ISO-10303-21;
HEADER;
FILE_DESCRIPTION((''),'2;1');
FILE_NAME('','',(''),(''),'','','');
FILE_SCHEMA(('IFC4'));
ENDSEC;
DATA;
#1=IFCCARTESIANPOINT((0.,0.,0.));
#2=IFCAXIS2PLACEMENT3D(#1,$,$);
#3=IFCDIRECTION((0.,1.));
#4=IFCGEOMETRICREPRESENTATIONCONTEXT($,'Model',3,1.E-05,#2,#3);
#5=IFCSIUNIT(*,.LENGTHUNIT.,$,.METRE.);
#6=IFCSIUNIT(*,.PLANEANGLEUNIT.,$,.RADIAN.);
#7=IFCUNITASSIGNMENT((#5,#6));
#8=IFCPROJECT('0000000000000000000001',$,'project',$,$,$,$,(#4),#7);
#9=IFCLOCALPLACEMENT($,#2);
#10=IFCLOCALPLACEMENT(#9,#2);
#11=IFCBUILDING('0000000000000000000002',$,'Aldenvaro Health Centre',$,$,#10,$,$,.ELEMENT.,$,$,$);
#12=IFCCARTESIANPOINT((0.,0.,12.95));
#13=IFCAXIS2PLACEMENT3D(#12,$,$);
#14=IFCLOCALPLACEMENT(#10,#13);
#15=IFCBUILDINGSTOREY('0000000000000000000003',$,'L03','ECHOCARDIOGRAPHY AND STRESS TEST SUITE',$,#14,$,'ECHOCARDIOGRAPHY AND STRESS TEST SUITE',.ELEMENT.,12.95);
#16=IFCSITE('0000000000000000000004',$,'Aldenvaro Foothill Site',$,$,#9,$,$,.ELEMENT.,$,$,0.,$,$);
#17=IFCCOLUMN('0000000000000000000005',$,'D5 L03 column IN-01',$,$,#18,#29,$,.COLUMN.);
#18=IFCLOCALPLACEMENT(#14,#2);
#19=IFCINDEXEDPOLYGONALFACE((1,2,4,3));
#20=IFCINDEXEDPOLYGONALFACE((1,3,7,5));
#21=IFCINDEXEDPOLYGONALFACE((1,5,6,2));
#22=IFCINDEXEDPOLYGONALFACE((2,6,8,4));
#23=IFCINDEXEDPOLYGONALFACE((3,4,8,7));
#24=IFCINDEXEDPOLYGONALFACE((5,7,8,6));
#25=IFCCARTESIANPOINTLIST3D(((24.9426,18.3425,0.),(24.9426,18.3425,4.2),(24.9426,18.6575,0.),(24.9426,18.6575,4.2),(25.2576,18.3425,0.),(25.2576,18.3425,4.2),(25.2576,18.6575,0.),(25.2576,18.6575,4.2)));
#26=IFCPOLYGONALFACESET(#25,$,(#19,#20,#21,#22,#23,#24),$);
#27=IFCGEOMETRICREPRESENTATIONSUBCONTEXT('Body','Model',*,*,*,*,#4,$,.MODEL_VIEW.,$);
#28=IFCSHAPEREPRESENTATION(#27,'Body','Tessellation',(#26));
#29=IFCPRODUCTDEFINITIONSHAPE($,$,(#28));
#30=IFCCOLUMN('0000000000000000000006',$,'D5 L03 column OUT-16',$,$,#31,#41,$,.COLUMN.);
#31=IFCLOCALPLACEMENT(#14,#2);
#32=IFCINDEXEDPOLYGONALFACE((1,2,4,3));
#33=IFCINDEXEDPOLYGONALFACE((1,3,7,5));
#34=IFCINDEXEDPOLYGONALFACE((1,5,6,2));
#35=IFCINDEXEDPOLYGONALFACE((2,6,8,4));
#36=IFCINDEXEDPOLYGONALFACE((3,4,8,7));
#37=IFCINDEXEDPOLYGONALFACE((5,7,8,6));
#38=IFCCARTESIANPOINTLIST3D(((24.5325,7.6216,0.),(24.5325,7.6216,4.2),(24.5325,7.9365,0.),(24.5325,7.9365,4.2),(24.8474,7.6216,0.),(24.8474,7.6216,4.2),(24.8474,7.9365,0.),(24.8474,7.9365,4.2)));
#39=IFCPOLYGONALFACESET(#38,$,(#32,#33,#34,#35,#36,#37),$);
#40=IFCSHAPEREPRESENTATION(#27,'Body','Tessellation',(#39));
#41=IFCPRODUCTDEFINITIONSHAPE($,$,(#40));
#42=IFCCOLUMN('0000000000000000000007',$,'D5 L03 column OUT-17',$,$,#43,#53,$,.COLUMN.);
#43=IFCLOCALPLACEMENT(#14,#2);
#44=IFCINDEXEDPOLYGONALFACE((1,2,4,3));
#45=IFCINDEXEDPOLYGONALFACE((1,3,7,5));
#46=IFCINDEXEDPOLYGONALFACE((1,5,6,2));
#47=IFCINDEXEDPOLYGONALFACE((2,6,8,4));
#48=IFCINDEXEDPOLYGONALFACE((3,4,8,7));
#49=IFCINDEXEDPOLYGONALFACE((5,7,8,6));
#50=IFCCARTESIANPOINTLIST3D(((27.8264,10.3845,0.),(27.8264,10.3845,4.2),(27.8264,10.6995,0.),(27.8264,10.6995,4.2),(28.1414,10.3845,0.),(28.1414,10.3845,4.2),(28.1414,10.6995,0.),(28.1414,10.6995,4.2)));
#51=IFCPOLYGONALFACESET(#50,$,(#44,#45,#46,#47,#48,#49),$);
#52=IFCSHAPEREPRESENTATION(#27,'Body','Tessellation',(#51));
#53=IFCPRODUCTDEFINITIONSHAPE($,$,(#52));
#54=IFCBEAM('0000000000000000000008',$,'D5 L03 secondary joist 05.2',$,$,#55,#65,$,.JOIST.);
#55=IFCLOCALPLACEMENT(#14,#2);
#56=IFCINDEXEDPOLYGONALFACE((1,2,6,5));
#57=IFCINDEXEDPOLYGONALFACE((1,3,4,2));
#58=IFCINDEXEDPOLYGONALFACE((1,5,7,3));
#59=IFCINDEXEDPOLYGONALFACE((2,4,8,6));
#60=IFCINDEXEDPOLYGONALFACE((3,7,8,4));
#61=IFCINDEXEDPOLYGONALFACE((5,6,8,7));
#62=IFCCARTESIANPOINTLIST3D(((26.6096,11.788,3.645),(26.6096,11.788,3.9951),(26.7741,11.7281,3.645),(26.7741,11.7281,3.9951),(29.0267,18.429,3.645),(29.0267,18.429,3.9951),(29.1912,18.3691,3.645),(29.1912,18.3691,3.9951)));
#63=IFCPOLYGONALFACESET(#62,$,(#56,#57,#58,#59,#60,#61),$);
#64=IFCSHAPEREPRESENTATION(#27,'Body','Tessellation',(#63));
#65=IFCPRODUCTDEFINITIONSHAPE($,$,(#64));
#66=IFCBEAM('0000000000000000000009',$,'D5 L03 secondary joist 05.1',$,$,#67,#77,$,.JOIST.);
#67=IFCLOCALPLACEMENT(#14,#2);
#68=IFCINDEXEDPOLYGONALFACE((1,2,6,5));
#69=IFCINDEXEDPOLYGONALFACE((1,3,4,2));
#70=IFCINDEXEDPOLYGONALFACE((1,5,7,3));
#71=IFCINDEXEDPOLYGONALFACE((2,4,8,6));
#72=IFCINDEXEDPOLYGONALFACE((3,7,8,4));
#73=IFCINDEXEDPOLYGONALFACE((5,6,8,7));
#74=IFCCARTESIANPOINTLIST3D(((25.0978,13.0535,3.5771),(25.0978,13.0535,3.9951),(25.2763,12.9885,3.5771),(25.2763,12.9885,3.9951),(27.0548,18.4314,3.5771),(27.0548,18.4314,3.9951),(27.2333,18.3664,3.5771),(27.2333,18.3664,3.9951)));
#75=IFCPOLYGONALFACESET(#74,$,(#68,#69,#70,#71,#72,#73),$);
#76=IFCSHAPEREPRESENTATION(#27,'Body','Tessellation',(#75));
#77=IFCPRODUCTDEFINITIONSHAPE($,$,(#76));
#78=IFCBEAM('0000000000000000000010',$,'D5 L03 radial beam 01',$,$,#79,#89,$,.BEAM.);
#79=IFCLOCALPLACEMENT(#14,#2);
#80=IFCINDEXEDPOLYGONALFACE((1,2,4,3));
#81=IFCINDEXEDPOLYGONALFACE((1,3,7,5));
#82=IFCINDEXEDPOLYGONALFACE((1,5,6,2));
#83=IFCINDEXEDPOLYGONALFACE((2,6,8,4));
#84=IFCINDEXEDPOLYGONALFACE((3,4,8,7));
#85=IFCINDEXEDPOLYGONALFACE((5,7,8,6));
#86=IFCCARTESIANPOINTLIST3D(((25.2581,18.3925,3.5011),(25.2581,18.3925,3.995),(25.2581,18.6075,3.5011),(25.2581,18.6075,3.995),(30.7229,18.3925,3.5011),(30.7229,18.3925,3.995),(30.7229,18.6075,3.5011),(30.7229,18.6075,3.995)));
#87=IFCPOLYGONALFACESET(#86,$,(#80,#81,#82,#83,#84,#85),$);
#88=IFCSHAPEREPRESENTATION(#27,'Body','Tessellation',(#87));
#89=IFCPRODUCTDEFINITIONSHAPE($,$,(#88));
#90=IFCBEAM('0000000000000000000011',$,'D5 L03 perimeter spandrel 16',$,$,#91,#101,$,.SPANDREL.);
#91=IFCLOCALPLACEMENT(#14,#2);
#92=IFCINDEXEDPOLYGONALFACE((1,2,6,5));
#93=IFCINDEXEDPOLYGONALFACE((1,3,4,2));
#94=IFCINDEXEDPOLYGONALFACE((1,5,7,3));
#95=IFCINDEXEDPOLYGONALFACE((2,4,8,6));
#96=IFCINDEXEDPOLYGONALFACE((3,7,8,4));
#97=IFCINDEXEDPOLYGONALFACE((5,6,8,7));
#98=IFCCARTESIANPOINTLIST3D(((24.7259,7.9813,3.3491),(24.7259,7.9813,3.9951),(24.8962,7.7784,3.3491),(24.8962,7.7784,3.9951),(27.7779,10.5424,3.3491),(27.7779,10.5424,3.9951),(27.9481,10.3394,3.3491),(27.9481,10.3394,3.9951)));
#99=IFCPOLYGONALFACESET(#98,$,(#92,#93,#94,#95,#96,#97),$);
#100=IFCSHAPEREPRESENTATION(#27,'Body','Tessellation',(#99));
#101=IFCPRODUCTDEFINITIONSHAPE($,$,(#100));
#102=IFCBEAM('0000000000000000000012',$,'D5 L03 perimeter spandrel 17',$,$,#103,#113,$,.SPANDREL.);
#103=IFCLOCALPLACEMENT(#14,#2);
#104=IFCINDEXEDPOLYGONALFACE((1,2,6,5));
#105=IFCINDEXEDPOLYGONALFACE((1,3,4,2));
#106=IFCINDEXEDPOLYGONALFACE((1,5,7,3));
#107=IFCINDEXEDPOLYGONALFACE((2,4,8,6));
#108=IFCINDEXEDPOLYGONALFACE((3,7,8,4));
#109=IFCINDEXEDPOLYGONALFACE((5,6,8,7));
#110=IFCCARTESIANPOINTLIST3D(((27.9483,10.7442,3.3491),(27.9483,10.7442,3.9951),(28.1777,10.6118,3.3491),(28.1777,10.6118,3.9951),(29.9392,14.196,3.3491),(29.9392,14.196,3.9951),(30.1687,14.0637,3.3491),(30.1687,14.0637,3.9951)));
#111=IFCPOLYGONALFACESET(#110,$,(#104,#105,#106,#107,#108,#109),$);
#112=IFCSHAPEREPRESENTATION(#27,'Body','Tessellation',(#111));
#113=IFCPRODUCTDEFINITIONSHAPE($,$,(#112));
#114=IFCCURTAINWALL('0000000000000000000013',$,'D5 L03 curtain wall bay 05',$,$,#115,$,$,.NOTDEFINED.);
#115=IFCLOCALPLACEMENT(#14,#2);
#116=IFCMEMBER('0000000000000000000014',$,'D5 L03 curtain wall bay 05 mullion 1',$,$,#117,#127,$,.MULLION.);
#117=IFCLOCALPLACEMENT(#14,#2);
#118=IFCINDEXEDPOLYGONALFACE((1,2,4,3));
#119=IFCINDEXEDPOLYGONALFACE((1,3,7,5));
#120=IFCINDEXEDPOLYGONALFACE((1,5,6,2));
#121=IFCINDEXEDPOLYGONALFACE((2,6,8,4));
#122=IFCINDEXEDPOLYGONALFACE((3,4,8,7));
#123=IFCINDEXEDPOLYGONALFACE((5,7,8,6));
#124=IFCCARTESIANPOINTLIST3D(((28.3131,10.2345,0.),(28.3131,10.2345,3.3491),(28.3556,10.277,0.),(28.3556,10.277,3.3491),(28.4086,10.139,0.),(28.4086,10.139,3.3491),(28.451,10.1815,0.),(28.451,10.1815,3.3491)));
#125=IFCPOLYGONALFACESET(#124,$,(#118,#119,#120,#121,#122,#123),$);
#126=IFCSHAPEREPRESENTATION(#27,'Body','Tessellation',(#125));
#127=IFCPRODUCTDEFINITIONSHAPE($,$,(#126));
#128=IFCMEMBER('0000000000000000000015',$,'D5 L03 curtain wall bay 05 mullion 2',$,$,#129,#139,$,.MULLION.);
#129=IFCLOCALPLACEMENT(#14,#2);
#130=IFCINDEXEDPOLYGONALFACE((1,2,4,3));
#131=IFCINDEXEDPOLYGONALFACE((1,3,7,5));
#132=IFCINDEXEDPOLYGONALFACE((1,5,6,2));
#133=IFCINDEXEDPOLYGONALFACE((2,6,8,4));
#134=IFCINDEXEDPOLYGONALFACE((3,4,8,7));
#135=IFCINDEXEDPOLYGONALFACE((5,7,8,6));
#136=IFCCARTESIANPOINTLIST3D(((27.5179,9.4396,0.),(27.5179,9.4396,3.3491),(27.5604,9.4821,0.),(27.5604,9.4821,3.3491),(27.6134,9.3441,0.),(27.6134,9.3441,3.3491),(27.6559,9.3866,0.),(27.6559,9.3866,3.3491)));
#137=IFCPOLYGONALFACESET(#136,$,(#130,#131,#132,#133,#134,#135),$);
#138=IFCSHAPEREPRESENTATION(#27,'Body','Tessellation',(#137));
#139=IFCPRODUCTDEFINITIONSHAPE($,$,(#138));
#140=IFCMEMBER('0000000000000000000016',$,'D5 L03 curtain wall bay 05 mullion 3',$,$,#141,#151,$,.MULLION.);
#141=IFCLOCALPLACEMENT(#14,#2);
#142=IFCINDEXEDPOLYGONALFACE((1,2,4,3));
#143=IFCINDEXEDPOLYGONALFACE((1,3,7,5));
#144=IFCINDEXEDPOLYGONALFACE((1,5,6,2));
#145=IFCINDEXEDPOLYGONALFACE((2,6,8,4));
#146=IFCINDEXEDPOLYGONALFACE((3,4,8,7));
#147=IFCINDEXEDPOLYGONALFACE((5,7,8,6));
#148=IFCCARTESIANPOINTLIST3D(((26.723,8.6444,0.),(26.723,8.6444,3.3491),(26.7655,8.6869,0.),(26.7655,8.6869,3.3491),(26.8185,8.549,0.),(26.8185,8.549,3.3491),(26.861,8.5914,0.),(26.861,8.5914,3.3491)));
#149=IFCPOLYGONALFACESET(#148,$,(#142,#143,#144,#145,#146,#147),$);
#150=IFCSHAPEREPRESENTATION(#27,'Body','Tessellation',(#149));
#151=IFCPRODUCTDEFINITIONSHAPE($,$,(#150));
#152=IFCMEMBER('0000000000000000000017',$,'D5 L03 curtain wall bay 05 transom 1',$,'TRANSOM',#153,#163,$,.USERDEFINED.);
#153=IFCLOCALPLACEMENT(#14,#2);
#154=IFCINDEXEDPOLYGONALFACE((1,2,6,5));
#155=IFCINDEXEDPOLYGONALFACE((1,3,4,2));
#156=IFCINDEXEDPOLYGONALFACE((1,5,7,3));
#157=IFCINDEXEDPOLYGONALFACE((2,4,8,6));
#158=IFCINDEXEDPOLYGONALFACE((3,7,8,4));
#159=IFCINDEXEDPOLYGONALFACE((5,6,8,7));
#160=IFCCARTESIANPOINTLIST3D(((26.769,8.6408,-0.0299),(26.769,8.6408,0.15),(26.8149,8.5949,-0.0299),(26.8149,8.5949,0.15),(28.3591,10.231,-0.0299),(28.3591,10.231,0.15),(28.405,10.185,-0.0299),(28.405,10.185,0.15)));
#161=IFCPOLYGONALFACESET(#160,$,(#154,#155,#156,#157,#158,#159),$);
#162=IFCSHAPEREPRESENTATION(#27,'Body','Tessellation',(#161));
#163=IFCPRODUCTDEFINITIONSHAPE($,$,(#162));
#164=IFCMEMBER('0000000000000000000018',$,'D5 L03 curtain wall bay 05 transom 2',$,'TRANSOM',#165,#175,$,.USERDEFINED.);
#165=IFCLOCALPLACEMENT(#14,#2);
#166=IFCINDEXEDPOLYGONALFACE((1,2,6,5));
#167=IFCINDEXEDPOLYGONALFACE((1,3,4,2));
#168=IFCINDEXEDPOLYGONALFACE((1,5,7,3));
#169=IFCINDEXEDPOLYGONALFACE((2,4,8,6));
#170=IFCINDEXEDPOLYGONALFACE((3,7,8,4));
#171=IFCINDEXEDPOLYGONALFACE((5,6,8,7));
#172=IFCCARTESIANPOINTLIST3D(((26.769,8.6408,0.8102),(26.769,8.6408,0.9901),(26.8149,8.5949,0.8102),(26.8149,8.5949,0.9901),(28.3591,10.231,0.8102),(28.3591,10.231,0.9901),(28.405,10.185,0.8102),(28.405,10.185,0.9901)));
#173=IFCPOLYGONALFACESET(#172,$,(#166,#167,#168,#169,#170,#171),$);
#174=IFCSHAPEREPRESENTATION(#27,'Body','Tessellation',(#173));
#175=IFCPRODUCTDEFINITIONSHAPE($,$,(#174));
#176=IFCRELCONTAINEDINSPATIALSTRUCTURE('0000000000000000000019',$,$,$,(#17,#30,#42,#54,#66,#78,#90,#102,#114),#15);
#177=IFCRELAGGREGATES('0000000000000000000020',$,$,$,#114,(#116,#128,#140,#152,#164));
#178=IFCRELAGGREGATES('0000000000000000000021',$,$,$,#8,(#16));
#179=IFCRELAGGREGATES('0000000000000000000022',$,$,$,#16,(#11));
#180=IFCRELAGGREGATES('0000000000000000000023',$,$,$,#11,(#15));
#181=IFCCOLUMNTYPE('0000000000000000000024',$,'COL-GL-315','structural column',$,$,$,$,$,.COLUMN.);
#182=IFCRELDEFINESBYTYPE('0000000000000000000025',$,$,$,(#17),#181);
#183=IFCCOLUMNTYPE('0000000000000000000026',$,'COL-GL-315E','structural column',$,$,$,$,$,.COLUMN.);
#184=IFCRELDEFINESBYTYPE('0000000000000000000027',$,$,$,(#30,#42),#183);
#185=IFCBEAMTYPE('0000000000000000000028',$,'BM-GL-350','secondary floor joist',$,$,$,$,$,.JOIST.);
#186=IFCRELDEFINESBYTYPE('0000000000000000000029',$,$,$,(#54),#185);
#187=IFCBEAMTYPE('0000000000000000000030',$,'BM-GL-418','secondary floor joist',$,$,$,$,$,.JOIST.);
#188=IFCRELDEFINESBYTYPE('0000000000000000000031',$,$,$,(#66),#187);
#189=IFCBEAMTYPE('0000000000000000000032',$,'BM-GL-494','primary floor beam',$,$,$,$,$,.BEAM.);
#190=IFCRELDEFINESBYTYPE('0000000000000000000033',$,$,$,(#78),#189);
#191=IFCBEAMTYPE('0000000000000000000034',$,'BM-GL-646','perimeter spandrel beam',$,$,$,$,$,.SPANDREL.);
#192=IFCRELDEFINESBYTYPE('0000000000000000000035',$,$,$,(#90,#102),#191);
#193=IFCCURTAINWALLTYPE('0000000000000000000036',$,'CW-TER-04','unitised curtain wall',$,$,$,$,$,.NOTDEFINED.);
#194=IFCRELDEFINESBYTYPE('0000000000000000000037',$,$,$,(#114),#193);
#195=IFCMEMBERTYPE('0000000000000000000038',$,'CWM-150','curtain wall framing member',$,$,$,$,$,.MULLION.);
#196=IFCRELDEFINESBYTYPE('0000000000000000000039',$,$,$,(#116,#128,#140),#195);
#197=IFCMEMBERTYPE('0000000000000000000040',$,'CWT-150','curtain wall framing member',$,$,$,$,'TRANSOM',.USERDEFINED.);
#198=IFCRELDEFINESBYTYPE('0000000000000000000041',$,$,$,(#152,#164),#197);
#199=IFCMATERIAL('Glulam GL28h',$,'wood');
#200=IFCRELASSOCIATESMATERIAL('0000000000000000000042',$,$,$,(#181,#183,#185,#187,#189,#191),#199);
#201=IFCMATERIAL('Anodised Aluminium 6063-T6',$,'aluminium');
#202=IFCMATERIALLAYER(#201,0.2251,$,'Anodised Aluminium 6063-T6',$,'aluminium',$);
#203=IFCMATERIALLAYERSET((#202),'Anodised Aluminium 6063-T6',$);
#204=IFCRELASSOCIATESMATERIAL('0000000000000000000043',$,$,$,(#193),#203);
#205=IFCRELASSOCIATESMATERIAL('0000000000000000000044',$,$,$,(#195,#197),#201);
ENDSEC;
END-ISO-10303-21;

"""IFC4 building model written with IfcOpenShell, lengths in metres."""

from ifc_helpers import new_model, si_unit, direction, frame, origin, origin_2d, place, context, subcontext, project, spatial, rectangle, extrude, material, layer, layer_set, material_profile, profile_set, type_object, element, aggregate, save


model = new_model("IFC4")

# Units and contexts
model_context = context("Model", 3, precision=1e-05, world=origin(), true_north=direction((0.0, 1.0)))
body_context = subcontext(model_context, "Body", "Model", "MODEL_VIEW")
ifc_project = project(units=[si_unit("LENGTHUNIT", "METRE"), si_unit("PLANEANGLEUNIT", "RADIAN")], contexts=[model_context])

# Site, building, storey
site_placement = place(None, origin())
site = spatial("IfcSite", under=ifc_project, at=site_placement, Name="Aldenvaro Foothill Site", CompositionType="ELEMENT", RefElevation=0.0)
building_placement = place(site_placement, origin())
building = spatial("IfcBuilding", under=site, at=building_placement, Name="Aldenvaro Health Centre", CompositionType="ELEMENT")
storey_placement = place(building_placement, frame((0.0, 0.0, 12.95)))
storey = spatial("IfcBuildingStorey", under=building, at=storey_placement, Name="L03", Description="ECHOCARDIOGRAPHY AND STRESS TEST SUITE", LongName="ECHOCARDIOGRAPHY AND STRESS TEST SUITE", CompositionType="ELEMENT", Elevation=12.95)

# Columns
ifc_material_1 = material(Name="Glulam GL28h", Category="wood")
ifc_material_profile_1 = material_profile(ifc_material_1, rectangle(XDim=0.3149, YDim=0.3149, at=origin_2d()), Name="GL 315x315", Category="wood")
ifc_profile_set_1 = profile_set([ifc_material_profile_1], Name="Glulam GL28h")
column_type_1 = type_object("IfcColumnType", Name="COL-GL-315", Description="structural column", PredefinedType="COLUMN", material=ifc_profile_set_1)
column_placement = place(storey_placement, frame((25.1001, 18.5, 0.0), z_axis=(0.0, 0.0, 1.0), x_axis=(1.0, 0.0, 0.0)))
element("IfcColumn", 1, at=column_placement, inside=storey, type_object=column_type_1, Name="D5 L03 column IN-01", PredefinedType="COLUMN", context=body_context, shape_type="SweptSolid", body=[
    extrude(rectangle(XDim=0.3149, YDim=0.3149, at=origin_2d()), origin(), (0.0, 0.0, 1.0), 4.2),
])
ifc_material_profile_2 = material_profile(ifc_material_1, rectangle(XDim=0.3149, YDim=0.3149, at=origin_2d()), Name="GL 315x315", Category="wood")
ifc_profile_set_2 = profile_set([ifc_material_profile_2], Name="Glulam GL28h")
column_type_2 = type_object("IfcColumnType", Name="COL-GL-315E", Description="structural column", PredefinedType="COLUMN", material=ifc_profile_set_2)
for number, where, z_axis, x_axis, name in (
    (2, (24.6899, 7.7791, 0.0), (0.0, 0.0, 1.0), (1.0, 0.0, 0.0), "D5 L03 column OUT-16"),
    (3, (27.9839, 10.542, 0.0), (0.0, 0.0, 1.0), (1.0, 0.0, 0.0), "D5 L03 column OUT-17"),
):
    element("IfcColumn", number, at=place(storey_placement, frame(where, z_axis=z_axis, x_axis=x_axis)), inside=storey, type_object=column_type_2, Name=name, PredefinedType="COLUMN", context=body_context, shape_type="SweptSolid", body=[
        extrude(rectangle(XDim=0.3149, YDim=0.3149, at=origin_2d()), origin(), (0.0, 0.0, 1.0), 4.2),
    ])

# Beams
ifc_material_profile_3 = material_profile(ifc_material_1, rectangle(XDim=0.175, YDim=0.3501, at=origin_2d()), Name="GL 175x350", Category="wood")
ifc_profile_set_3 = profile_set([ifc_material_profile_3], Name="Glulam GL28h")
beam_type_1 = type_object("IfcBeamType", Name="BM-GL-350", Description="secondary floor joist", PredefinedType="JOIST", material=ifc_profile_set_3)
beam_1_placement = place(storey_placement, frame((26.6919, 11.7581, 3.8201), z_axis=(0.342009, 0.939697, 0.0), x_axis=(-0.939697, 0.342009, 0.0)))
element("IfcBeam", 4, at=beam_1_placement, inside=storey, type_object=beam_type_1, Name="D5 L03 secondary joist 05.2", PredefinedType="JOIST", context=body_context, shape_type="SweptSolid", body=[
    extrude(rectangle(XDim=0.175, YDim=0.3501, at=origin_2d()), origin(), (0.0, 0.0, 1.0), 7.0671),
])
ifc_material_profile_4 = material_profile(ifc_material_1, rectangle(XDim=0.1899, YDim=0.418, at=origin_2d()), Name="GL 190x418", Category="wood")
ifc_profile_set_4 = profile_set([ifc_material_profile_4], Name="Glulam GL28h")
beam_type_2 = type_object("IfcBeamType", Name="BM-GL-418", Description="secondary floor joist", PredefinedType="JOIST", material=ifc_profile_set_4)
beam_2_placement = place(storey_placement, frame((25.187, 13.021, 3.7861), z_axis=(0.341962, 0.939714, 0.0), x_axis=(-0.939714, 0.341962, 0.0)))
element("IfcBeam", 5, at=beam_2_placement, inside=storey, type_object=beam_type_2, Name="D5 L03 secondary joist 05.1", PredefinedType="JOIST", context=body_context, shape_type="SweptSolid", body=[
    extrude(rectangle(XDim=0.1899, YDim=0.418, at=origin_2d()), origin(), (0.0, 0.0, 1.0), 5.7229),
])
ifc_material_profile_5 = material_profile(ifc_material_1, rectangle(XDim=0.2151, YDim=0.4939, at=origin_2d()), Name="GL 215x494", Category="wood")
ifc_profile_set_5 = profile_set([ifc_material_profile_5], Name="Glulam GL28h")
beam_type_3 = type_object("IfcBeamType", Name="BM-GL-494", Description="primary floor beam", PredefinedType="BEAM", material=ifc_profile_set_5)
beam_3_placement = place(storey_placement, frame((25.2581, 18.5, 3.748), z_axis=(1.0, 0.0, 0.0), x_axis=(0.0, 1.0, 0.0)))
element("IfcBeam", 6, at=beam_3_placement, inside=storey, type_object=beam_type_3, Name="D5 L03 radial beam 01", PredefinedType="BEAM", context=body_context, shape_type="SweptSolid", body=[
    extrude(rectangle(XDim=0.2151, YDim=0.4939, at=origin_2d()), origin(), (0.0, 0.0, 1.0), 5.4648),
])
ifc_material_profile_6 = material_profile(ifc_material_1, rectangle(XDim=0.2649, YDim=0.646, at=origin_2d()), Name="GL 265x646", Category="wood")
ifc_profile_set_6 = profile_set([ifc_material_profile_6], Name="Glulam GL28h")
beam_type_4 = type_object("IfcBeamType", Name="BM-GL-646", Description="perimeter spandrel beam", PredefinedType="SPANDREL", material=ifc_profile_set_6)
beam_4_placement = place(storey_placement, frame((24.811, 7.8799, 3.6721), z_axis=(0.766032, 0.642803, 0.0), x_axis=(-0.642803, 0.766032, 0.0)))
element("IfcBeam", 7, at=beam_4_placement, inside=storey, type_object=beam_type_4, Name="D5 L03 perimeter spandrel 16", PredefinedType="SPANDREL", context=body_context, shape_type="SweptSolid", body=[
    extrude(rectangle(XDim=0.2649, YDim=0.646, at=origin_2d()), origin(), (0.0, 0.0, 1.0), 3.9841),
])
beam_5_placement = place(storey_placement, frame((28.063, 10.678, 3.6721), z_axis=(0.499625, 0.866242, 0.0), x_axis=(-0.866242, 0.499625, 0.0)))
element("IfcBeam", 8, at=beam_5_placement, inside=storey, type_object=beam_type_4, Name="D5 L03 perimeter spandrel 17", PredefinedType="SPANDREL", context=body_context, shape_type="SweptSolid", body=[
    extrude(rectangle(XDim=0.2649, YDim=0.646, at=origin_2d()), origin(), (0.0, 0.0, 1.0), 3.9849),
])

# Curtain wall, members
ifc_material_2 = material(Name="Anodised Aluminium 6063-T6", Category="aluminium")
ifc_layer_1 = layer(ifc_material_2, 0.2251, Name="Anodised Aluminium 6063-T6", Category="aluminium")
ifc_layer_set_1 = layer_set([ifc_layer_1], Name="Anodised Aluminium 6063-T6")
curtain_wall_type = type_object("IfcCurtainWallType", Name="CW-TER-04", Description="unitised curtain wall", PredefinedType="NOTDEFINED", material=ifc_layer_set_1)
curtain_wall_placement = place(storey_placement, origin())
curtain_wall = element("IfcCurtainWall", 9, at=curtain_wall_placement, inside=storey, type_object=curtain_wall_type, Name="D5 L03 curtain wall bay 05", PredefinedType="NOTDEFINED")
ifc_material_profile_7 = material_profile(ifc_material_2, rectangle(XDim=0.0601, YDim=0.135, at=origin_2d()), Name="ALU 60x135", Category="aluminium")
ifc_profile_set_7 = profile_set([ifc_material_profile_7], Name="Anodised Aluminium 6063-T6")
member_type_1 = type_object("IfcMemberType", Name="CWM-150", Description="curtain wall framing member", PredefinedType="MULLION", material=ifc_profile_set_7)
member_1_placement = place(storey_placement, frame((28.3821, 10.208, 0.0), z_axis=(0.0, 0.0, 1.0), x_axis=(-0.707107, -0.707107, 0.0)))
member_1 = element("IfcMember", 10, at=member_1_placement, type_object=member_type_1, Name="D5 L03 curtain wall bay 05 mullion 1", PredefinedType="MULLION", context=body_context, shape_type="SweptSolid", body=[
    extrude(rectangle(XDim=0.0601, YDim=0.135, at=origin_2d()), origin(), (0.0, 0.0, 1.0), 3.3491),
])
member_2_placement = place(storey_placement, frame((27.5869, 9.4131, 0.0), z_axis=(0.0, 0.0, 1.0), x_axis=(-0.707107, -0.707107, 0.0)))
member_2 = element("IfcMember", 11, at=member_2_placement, type_object=member_type_1, Name="D5 L03 curtain wall bay 05 mullion 2", PredefinedType="MULLION", context=body_context, shape_type="SweptSolid", body=[
    extrude(rectangle(XDim=0.0601, YDim=0.135, at=origin_2d()), origin(), (0.0, 0.0, 1.0), 3.3491),
])
member_3_placement = place(storey_placement, frame((26.792, 8.6179, 0.0), z_axis=(0.0, 0.0, 1.0), x_axis=(-0.707107, -0.707107, 0.0)))
member_3 = element("IfcMember", 12, at=member_3_placement, type_object=member_type_1, Name="D5 L03 curtain wall bay 05 mullion 3", PredefinedType="MULLION", context=body_context, shape_type="SweptSolid", body=[
    extrude(rectangle(XDim=0.0601, YDim=0.135, at=origin_2d()), origin(), (0.0, 0.0, 1.0), 3.3491),
])
ifc_material_profile_8 = material_profile(ifc_material_2, rectangle(XDim=0.0649, YDim=0.1799, at=origin_2d()), Name="ALU 65x180", Category="aluminium")
ifc_profile_set_8 = profile_set([ifc_material_profile_8], Name="Anodised Aluminium 6063-T6")
member_type_2 = type_object("IfcMemberType", Name="CWT-150", Description="curtain wall framing member", ElementType="TRANSOM", PredefinedType="USERDEFINED", material=ifc_profile_set_8)
member_4_placement = place(storey_placement, frame((28.3821, 10.208, 0.0601), z_axis=(-0.707107, -0.707107, 0.0), x_axis=(0.707107, -0.707107, 0.0)))
member_4 = element("IfcMember", 13, at=member_4_placement, type_object=member_type_2, Name="D5 L03 curtain wall bay 05 transom 1", ObjectType="TRANSOM", PredefinedType="USERDEFINED", context=body_context, shape_type="SweptSolid", body=[
    extrude(rectangle(XDim=0.0649, YDim=0.1799, at=origin_2d()), origin(), (0.0, 0.0, 1.0), 2.2488),
])
member_5_placement = place(storey_placement, frame((28.3821, 10.208, 0.9001), z_axis=(-0.707107, -0.707107, 0.0), x_axis=(0.707107, -0.707107, 0.0)))
member_5 = element("IfcMember", 14, at=member_5_placement, type_object=member_type_2, Name="D5 L03 curtain wall bay 05 transom 2", ObjectType="TRANSOM", PredefinedType="USERDEFINED", context=body_context, shape_type="SweptSolid", body=[
    extrude(rectangle(XDim=0.0649, YDim=0.1799, at=origin_2d()), origin(), (0.0, 0.0, 1.0), 2.2488),
])
aggregate(curtain_wall, [member_1, member_2, member_3, member_4, member_5])

save(model, "model.ifc")
